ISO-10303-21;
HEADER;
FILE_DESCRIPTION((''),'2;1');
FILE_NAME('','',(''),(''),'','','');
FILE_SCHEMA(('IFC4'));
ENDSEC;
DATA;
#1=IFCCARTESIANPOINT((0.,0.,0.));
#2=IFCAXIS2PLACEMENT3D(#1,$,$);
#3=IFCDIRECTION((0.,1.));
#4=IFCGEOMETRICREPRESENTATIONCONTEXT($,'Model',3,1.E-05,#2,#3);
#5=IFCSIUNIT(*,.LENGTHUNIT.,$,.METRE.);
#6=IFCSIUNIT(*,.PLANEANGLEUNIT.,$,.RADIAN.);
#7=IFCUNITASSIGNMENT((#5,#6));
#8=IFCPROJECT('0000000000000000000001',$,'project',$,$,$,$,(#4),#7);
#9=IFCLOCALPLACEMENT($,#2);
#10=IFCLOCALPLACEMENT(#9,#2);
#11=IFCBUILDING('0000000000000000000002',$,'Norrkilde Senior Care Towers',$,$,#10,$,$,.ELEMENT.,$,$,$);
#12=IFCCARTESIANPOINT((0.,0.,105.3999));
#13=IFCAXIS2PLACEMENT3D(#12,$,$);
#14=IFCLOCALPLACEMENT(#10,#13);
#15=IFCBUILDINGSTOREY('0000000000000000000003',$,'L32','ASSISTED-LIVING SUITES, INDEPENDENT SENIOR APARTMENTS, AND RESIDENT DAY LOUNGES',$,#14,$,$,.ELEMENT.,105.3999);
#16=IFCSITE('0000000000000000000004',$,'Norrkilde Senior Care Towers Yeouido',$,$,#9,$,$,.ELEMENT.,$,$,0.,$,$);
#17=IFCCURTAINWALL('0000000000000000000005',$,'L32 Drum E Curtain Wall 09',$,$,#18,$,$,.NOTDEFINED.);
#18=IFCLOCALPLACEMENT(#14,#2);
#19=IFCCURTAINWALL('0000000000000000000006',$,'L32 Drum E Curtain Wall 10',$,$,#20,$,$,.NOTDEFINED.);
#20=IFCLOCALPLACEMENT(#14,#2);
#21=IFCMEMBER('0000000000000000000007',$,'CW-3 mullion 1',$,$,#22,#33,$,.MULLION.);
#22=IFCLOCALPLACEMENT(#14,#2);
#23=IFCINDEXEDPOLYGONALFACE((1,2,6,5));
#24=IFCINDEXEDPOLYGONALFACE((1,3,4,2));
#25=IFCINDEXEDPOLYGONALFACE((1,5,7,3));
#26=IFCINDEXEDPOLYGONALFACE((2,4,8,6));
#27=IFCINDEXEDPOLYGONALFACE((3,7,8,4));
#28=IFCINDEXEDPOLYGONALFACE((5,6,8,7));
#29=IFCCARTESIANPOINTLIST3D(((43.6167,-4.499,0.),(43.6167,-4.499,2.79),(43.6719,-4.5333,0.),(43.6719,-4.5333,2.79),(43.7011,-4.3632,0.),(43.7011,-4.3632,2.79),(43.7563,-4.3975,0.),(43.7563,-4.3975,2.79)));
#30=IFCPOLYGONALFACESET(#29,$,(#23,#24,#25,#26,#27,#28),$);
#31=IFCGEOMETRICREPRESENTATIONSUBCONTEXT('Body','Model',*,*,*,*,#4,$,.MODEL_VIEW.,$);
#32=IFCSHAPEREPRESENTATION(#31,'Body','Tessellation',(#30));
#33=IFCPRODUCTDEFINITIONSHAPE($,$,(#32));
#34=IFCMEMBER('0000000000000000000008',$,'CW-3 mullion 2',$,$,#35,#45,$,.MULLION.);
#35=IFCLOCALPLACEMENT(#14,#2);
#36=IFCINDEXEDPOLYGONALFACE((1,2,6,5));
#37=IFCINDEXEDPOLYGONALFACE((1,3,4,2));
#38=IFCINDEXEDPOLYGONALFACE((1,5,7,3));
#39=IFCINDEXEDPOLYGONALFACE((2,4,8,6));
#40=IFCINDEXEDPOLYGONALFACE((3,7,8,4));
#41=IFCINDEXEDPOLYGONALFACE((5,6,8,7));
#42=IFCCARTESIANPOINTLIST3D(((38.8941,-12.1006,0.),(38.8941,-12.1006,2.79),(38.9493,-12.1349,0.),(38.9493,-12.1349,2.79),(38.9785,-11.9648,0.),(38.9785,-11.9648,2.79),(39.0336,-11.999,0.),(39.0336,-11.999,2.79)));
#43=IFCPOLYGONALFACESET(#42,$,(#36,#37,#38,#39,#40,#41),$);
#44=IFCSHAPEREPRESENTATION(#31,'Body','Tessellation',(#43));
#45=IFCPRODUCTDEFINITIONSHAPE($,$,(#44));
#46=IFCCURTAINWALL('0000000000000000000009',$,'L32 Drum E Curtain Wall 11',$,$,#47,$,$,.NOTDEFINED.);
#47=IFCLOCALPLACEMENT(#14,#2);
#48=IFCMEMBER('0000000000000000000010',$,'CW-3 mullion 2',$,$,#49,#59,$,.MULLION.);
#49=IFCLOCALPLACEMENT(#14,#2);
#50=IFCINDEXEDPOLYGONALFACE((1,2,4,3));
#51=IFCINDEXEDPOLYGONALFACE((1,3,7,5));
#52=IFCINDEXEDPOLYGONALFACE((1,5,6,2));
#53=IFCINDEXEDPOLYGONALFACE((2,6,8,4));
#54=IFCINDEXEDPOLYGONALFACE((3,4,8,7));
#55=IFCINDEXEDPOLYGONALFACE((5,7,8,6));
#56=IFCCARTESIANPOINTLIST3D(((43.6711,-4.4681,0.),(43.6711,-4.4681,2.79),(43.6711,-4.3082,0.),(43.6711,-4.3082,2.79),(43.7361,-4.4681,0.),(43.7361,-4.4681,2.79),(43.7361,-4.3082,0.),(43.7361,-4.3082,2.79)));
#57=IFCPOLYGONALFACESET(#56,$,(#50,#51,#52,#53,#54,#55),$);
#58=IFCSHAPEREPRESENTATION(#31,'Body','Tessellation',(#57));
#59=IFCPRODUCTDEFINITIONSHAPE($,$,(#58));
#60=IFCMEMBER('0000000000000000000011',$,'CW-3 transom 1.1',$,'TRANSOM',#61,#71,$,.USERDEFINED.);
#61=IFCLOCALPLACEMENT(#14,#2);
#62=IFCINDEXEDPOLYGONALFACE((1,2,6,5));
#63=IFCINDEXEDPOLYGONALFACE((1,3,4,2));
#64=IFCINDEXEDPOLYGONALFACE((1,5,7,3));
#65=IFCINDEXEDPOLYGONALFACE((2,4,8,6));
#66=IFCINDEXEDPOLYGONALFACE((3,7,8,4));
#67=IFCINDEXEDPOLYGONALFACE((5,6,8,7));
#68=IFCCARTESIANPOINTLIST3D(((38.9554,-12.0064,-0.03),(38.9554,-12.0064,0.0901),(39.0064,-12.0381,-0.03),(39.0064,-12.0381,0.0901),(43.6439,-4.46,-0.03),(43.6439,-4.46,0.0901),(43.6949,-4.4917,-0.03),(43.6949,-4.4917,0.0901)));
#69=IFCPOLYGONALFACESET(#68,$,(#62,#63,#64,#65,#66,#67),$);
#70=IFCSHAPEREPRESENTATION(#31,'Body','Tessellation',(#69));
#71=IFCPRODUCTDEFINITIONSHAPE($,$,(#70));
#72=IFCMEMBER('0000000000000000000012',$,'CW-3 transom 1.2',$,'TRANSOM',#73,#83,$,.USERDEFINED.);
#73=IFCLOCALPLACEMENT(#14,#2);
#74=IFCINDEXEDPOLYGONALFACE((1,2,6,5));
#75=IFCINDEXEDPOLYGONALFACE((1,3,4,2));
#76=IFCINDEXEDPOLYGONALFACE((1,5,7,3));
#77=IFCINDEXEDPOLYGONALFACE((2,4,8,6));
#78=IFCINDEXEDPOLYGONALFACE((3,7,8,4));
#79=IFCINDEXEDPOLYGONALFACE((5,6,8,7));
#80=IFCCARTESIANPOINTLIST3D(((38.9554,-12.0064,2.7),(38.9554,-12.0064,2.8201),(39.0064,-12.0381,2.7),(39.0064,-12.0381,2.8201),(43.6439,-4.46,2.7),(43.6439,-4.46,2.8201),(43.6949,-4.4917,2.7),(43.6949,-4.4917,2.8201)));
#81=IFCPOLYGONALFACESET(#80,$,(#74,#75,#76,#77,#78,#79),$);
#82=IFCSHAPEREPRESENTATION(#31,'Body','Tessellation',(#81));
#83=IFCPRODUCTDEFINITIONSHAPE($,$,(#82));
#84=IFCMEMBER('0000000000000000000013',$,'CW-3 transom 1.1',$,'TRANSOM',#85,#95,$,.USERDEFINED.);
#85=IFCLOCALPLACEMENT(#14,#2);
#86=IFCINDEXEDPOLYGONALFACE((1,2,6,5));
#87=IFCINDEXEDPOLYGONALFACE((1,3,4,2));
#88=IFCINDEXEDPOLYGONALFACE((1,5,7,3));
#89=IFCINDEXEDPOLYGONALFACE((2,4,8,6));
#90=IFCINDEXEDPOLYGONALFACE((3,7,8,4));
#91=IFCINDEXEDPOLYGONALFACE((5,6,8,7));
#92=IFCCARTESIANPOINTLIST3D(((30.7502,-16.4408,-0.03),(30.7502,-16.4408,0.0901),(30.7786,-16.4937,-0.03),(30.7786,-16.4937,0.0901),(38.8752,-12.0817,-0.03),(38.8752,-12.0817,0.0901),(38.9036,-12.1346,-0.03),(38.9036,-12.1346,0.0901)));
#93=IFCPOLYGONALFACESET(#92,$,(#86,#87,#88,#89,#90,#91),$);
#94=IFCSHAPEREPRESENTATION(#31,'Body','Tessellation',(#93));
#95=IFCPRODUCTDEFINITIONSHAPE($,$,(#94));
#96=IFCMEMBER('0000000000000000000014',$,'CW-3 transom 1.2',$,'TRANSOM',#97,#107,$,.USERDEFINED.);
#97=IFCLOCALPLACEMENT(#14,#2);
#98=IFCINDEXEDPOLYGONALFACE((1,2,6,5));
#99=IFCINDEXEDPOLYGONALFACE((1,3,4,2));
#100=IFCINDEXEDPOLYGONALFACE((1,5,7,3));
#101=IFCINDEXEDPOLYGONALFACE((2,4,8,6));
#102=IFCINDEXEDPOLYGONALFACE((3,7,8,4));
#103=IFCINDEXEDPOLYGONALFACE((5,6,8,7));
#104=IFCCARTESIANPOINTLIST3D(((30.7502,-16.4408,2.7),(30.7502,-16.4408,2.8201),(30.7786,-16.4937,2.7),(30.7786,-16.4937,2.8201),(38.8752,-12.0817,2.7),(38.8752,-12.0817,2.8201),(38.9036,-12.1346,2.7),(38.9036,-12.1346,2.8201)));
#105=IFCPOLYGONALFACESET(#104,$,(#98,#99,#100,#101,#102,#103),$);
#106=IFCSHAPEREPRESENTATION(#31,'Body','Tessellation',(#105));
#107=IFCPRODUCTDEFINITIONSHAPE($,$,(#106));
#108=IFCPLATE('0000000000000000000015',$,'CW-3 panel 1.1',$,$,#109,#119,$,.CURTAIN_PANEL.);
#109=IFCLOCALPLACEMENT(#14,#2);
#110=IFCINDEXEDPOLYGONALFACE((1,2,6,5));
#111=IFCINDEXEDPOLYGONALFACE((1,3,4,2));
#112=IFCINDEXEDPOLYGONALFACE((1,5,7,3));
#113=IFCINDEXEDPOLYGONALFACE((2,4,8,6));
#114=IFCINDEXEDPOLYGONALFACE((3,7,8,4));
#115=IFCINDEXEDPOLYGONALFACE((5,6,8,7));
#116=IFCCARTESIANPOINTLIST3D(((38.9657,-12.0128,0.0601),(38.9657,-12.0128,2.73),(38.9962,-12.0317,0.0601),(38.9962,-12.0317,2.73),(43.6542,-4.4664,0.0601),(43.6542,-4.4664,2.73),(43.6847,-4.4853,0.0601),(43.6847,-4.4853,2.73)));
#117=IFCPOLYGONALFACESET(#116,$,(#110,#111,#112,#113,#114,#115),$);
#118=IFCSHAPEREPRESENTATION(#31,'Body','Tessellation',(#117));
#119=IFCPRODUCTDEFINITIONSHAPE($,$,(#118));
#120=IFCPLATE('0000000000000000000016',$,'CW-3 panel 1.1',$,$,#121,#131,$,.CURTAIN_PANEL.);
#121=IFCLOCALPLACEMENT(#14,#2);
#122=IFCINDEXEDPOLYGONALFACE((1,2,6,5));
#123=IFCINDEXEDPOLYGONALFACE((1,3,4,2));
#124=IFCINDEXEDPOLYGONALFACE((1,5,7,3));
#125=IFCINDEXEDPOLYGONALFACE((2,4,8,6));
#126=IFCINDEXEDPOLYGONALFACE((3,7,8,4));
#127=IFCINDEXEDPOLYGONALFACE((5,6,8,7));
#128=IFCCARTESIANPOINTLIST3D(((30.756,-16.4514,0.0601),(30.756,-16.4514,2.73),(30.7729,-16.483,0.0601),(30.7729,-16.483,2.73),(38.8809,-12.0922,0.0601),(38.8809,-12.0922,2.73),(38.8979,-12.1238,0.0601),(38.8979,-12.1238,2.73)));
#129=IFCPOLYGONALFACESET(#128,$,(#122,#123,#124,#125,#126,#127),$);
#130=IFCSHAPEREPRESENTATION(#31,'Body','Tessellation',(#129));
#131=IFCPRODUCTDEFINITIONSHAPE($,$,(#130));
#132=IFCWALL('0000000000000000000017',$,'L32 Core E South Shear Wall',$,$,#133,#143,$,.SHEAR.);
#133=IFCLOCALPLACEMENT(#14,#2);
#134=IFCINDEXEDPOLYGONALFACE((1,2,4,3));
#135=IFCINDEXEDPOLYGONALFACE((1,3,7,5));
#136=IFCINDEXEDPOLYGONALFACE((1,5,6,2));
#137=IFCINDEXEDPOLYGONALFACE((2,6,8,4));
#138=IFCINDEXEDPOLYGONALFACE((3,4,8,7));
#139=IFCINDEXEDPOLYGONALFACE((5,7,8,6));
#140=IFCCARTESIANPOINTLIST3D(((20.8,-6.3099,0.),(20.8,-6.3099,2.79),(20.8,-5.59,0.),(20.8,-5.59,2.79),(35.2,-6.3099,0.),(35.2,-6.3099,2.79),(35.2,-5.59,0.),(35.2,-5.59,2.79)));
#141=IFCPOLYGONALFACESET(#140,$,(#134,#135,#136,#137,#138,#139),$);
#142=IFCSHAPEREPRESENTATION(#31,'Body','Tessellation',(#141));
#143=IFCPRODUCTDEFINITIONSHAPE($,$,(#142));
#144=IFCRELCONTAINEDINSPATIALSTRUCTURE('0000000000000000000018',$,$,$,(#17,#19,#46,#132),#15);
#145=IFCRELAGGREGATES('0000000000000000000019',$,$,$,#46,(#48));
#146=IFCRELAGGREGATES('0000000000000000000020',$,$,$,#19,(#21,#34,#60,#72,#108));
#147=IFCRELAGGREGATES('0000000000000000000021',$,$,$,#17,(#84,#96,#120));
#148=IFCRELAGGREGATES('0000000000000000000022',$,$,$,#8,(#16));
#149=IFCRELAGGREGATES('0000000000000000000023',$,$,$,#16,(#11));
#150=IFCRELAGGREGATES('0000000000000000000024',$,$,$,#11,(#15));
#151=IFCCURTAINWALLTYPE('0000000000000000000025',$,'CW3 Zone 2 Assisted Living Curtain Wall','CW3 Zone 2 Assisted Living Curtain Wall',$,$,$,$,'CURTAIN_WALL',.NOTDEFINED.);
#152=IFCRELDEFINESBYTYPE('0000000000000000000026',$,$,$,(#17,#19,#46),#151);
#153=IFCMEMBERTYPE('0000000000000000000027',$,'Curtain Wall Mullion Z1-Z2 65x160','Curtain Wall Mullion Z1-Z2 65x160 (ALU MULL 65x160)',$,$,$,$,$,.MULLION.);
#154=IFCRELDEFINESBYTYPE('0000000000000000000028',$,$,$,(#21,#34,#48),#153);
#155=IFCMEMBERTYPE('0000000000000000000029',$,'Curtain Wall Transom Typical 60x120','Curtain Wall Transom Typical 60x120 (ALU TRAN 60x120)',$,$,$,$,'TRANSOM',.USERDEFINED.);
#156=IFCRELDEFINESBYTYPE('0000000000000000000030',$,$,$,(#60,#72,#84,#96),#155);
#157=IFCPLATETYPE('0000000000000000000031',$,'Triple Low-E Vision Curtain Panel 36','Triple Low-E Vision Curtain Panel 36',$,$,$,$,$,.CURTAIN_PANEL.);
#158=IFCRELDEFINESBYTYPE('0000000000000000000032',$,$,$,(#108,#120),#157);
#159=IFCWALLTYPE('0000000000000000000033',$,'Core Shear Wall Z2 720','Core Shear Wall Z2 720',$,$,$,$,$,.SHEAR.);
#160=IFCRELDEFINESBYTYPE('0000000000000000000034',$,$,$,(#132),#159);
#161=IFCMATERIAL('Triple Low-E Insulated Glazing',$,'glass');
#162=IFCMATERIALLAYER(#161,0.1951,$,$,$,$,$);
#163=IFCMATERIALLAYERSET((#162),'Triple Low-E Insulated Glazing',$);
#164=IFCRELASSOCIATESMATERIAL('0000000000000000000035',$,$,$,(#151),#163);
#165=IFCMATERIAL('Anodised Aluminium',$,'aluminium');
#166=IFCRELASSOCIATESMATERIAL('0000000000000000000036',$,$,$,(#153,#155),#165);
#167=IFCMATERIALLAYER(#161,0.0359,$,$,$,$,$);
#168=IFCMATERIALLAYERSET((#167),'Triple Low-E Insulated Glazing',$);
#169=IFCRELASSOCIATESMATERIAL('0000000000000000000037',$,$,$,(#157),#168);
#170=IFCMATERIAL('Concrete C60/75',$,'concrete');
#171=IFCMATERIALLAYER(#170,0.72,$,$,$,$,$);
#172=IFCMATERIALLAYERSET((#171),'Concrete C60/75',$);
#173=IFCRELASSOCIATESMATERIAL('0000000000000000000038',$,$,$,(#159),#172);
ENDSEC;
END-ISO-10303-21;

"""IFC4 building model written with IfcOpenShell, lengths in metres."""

from ifc_helpers import new_model, si_unit, direction, frame, frame_2d, origin, origin_2d, place, context, subcontext, project, spatial, rectangle, extrude, source, transform, mapped, material, layer, layer_set, material_profile, profile_set, type_object, type_shapes, element, aggregate, save


model = new_model("IFC4")

# Units and contexts
model_context = context("Model", 3, precision=1e-05, world=origin(), true_north=direction((0.0, 1.0)))
body_context = subcontext(model_context, "Body", "Model", "MODEL_VIEW")
ifc_project = project(units=[si_unit("LENGTHUNIT", "METRE"), si_unit("PLANEANGLEUNIT", "RADIAN")], contexts=[model_context])

# Site, building, storey
site_placement = place(None, origin())
site = spatial("IfcSite", under=ifc_project, at=site_placement, Name="Norrkilde Senior Care Towers Yeouido", CompositionType="ELEMENT", RefElevation=0.0)
building_placement = place(site_placement, origin())
building = spatial("IfcBuilding", under=site, at=building_placement, Name="Norrkilde Senior Care Towers", CompositionType="ELEMENT")
storey_placement = place(building_placement, frame((0.0, 0.0, 105.3999)))
storey = spatial("IfcBuildingStorey", under=building, at=storey_placement, Name="L32", Description="ASSISTED-LIVING SUITES, INDEPENDENT SENIOR APARTMENTS, AND RESIDENT DAY LOUNGES", CompositionType="ELEMENT", Elevation=105.3999)

# Shared definitions
ifc_material_1 = material(Name="Concrete C60/75", Category="concrete")

# Curtain wall
ifc_material_2 = material(Name="Triple Low-E Insulated Glazing", Category="glass")
ifc_layer_1 = layer(ifc_material_2, 0.1951)
ifc_layer_set_1 = layer_set([ifc_layer_1], Name="Triple Low-E Insulated Glazing")
curtain_wall_type = type_object("IfcCurtainWallType", Name="CW3 Zone 2 Assisted Living Curtain Wall", Description="CW3 Zone 2 Assisted Living Curtain Wall", ElementType="CURTAIN_WALL", PredefinedType="NOTDEFINED", material=ifc_layer_set_1)
curtain_wall_1_placement = place(storey_placement, origin())
curtain_wall_1 = element("IfcCurtainWall", 1, at=curtain_wall_1_placement, inside=storey, type_object=curtain_wall_type, Name="L32 Drum E Curtain Wall 09", PredefinedType="NOTDEFINED")
ifc_material_3 = material(Name="Anodised Aluminium", Category="aluminium")
ifc_material_profile_1 = material_profile(ifc_material_3, rectangle(XDim=0.0649, YDim=0.1599, at=origin_2d()), Name="ALU MULL 65x160")
ifc_profile_set_1 = profile_set([ifc_material_profile_1], Name="Anodised Aluminium")
member_type_1 = type_object("IfcMemberType", Name="Curtain Wall Mullion Z1-Z2 65x160", Description="Curtain Wall Mullion Z1-Z2 65x160 (ALU MULL 65x160)", PredefinedType="MULLION", material=ifc_profile_set_1)
shared_shape_1 = source(origin(), body_context, "Body", "SweptSolid", [
    extrude(rectangle(XDim=0.0649, YDim=0.1599, at=origin_2d()), origin(), (0.0, 0.0, 1.0), 2.79),
])
type_shapes(member_type_1, [shared_shape_1])

# Curtain wall, members
curtain_wall_2_placement = place(storey_placement, origin())
curtain_wall_2 = element("IfcCurtainWall", 2, at=curtain_wall_2_placement, inside=storey, type_object=curtain_wall_type, Name="L32 Drum E Curtain Wall 10", PredefinedType="NOTDEFINED")
member_1_placement = place(storey_placement, frame((43.6865, -4.4482, 0.0), z_axis=(0.0, 0.0, 1.0), x_axis=(0.84941, -0.527733, 0.0)))
member_1 = element("IfcMember", 3, at=member_1_placement, type_object=member_type_1, Name="CW-3 mullion 1", PredefinedType="MULLION", context=body_context, shape_type="MappedRepresentation", body=[
    mapped(shared_shape_1, transform((0.0, 0.0, 0.0), x_axis=(1.0, 0.0, 0.0), y_axis=(0.0, 1.0, 0.0), z_axis=(0.0, 0.0, 1.0), scale=1.0)),
])
member_2_placement = place(storey_placement, frame((38.9639, -12.0498, 0.0), z_axis=(0.0, 0.0, 1.0), x_axis=(0.84941, -0.527733, 0.0)))
member_2 = element("IfcMember", 4, at=member_2_placement, type_object=member_type_1, Name="CW-3 mullion 2", PredefinedType="MULLION", context=body_context, shape_type="MappedRepresentation", body=[
    mapped(shared_shape_1, transform((0.0, 0.0, 0.0), x_axis=(1.0, 0.0, 0.0), y_axis=(0.0, 1.0, 0.0), z_axis=(0.0, 0.0, 1.0), scale=1.0)),
])

# Curtain wall, member
curtain_wall_3_placement = place(storey_placement, origin())
curtain_wall_3 = element("IfcCurtainWall", 5, at=curtain_wall_3_placement, inside=storey, type_object=curtain_wall_type, Name="L32 Drum E Curtain Wall 11", PredefinedType="NOTDEFINED")
member_3_placement = place(storey_placement, frame((43.7036, -4.3882, 0.0), z_axis=(0.0, 0.0, 1.0), x_axis=(1.0, 0.0, 0.0)))
member_3 = element("IfcMember", 6, at=member_3_placement, type_object=member_type_1, Name="CW-3 mullion 2", PredefinedType="MULLION", context=body_context, shape_type="MappedRepresentation", body=[
    mapped(shared_shape_1, transform((0.0, 0.0, 0.0), x_axis=(1.0, 0.0, 0.0), y_axis=(0.0, 1.0, 0.0), z_axis=(0.0, 0.0, 1.0), scale=1.0)),
])
aggregate(curtain_wall_3, [member_3])

# Members
ifc_material_profile_2 = material_profile(ifc_material_3, rectangle(XDim=0.0601, YDim=0.1201, at=origin_2d()), Name="ALU TRAN 60x120")
ifc_profile_set_2 = profile_set([ifc_material_profile_2], Name="Anodised Aluminium")
member_type_2 = type_object("IfcMemberType", Name="Curtain Wall Transom Typical 60x120", Description="Curtain Wall Transom Typical 60x120 (ALU TRAN 60x120)", ElementType="TRANSOM", PredefinedType="USERDEFINED", material=ifc_profile_set_2)
shared_shape_2 = source(origin(), body_context, "Body", "SweptSolid", [
    extrude(rectangle(XDim=0.0601, YDim=0.1201, at=origin_2d()), origin(), (0.0, 0.0, 1.0), 8.8843),
])
member_4_placement = place(storey_placement, frame((43.6694, -4.4758, 0.03), z_axis=(-0.527729, -0.849413, 0.0), x_axis=(0.849413, -0.527729, 0.0)))
member_4 = element("IfcMember", 7, at=member_4_placement, type_object=member_type_2, Name="CW-3 transom 1.1", ObjectType="TRANSOM", PredefinedType="USERDEFINED", context=body_context, shape_type="MappedRepresentation", body=[
    mapped(shared_shape_2, transform((0.0, 0.0, 0.0), x_axis=(1.0, 0.0, 0.0), y_axis=(0.0, 1.0, 0.0), z_axis=(0.0, 0.0, 1.0), scale=1.0)),
])
member_5_placement = place(storey_placement, frame((43.6694, -4.4758, 2.76), z_axis=(-0.527729, -0.849413, 0.0), x_axis=(0.849413, -0.527729, 0.0)))
member_5 = element("IfcMember", 8, at=member_5_placement, type_object=member_type_2, Name="CW-3 transom 1.2", ObjectType="TRANSOM", PredefinedType="USERDEFINED", context=body_context, shape_type="MappedRepresentation", body=[
    mapped(shared_shape_2, transform((0.0, 0.0, 0.0), x_axis=(1.0, 0.0, 0.0), y_axis=(0.0, 1.0, 0.0), z_axis=(0.0, 0.0, 1.0), scale=1.0)),
])
shared_shape_3 = source(origin(), body_context, "Body", "SweptSolid", [
    extrude(rectangle(XDim=0.0601, YDim=0.1201, at=origin_2d()), origin(), (0.0, 0.0, 1.0), 9.2205),
])
type_shapes(member_type_2, [shared_shape_2, shared_shape_3])
member_6_placement = place(storey_placement, frame((38.8894, -12.1082, 0.03), z_axis=(-0.881189, -0.472765, 0.0), x_axis=(0.472765, -0.881189, 0.0)))
member_6 = element("IfcMember", 9, at=member_6_placement, type_object=member_type_2, Name="CW-3 transom 1.1", ObjectType="TRANSOM", PredefinedType="USERDEFINED", context=body_context, shape_type="MappedRepresentation", body=[
    mapped(shared_shape_3, transform((0.0, 0.0, 0.0), x_axis=(1.0, 0.0, 0.0), y_axis=(0.0, 1.0, 0.0), z_axis=(0.0, 0.0, 1.0), scale=1.0)),
])
member_7_placement = place(storey_placement, frame((38.8894, -12.1082, 2.76), z_axis=(-0.881189, -0.472765, 0.0), x_axis=(0.472765, -0.881189, 0.0)))
member_7 = element("IfcMember", 10, at=member_7_placement, type_object=member_type_2, Name="CW-3 transom 1.2", ObjectType="TRANSOM", PredefinedType="USERDEFINED", context=body_context, shape_type="MappedRepresentation", body=[
    mapped(shared_shape_3, transform((0.0, 0.0, 0.0), x_axis=(1.0, 0.0, 0.0), y_axis=(0.0, 1.0, 0.0), z_axis=(0.0, 0.0, 1.0), scale=1.0)),
])

# Plates
ifc_layer_2 = layer(ifc_material_2, 0.0359)
ifc_layer_set_2 = layer_set([ifc_layer_2], Name="Triple Low-E Insulated Glazing")
plate_type = type_object("IfcPlateType", Name="Triple Low-E Vision Curtain Panel 36", Description="Triple Low-E Vision Curtain Panel 36", PredefinedType="CURTAIN_PANEL", material=ifc_layer_set_2)
shared_shape_4 = source(origin(), body_context, "Body", "SweptSolid", [
    extrude(rectangle(XDim=8.8843, YDim=0.0359, at=origin_2d()), origin(), (0.0, 0.0, 1.0), 2.6699),
])
plate_1_placement = place(storey_placement, frame((41.3252, -8.249, 0.0601), z_axis=(0.0, 0.0, 1.0), x_axis=(-0.527733, -0.84941, 0.0)))
plate_1 = element("IfcPlate", 11, at=plate_1_placement, type_object=plate_type, Name="CW-3 panel 1.1", PredefinedType="CURTAIN_PANEL", context=body_context, shape_type="MappedRepresentation", body=[
    mapped(shared_shape_4, transform((0.0, 0.0, 0.0), x_axis=(1.0, 0.0, 0.0), y_axis=(0.0, 1.0, 0.0), z_axis=(0.0, 0.0, 1.0), scale=1.0)),
])
aggregate(curtain_wall_2, [member_1, member_2, member_4, member_5, plate_1])
shared_shape_5 = source(origin(), body_context, "Body", "SweptSolid", [
    extrude(rectangle(XDim=9.2205, YDim=0.0359, at=origin_2d()), origin(), (0.0, 0.0, 1.0), 2.6699),
])
type_shapes(plate_type, [shared_shape_4, shared_shape_5])
plate_2_placement = place(storey_placement, frame((34.8269, -14.2876, 0.0601), z_axis=(0.0, 0.0, 1.0), x_axis=(-0.881186, -0.472769, 0.0)))
plate_2 = element("IfcPlate", 12, at=plate_2_placement, type_object=plate_type, Name="CW-3 panel 1.1", PredefinedType="CURTAIN_PANEL", context=body_context, shape_type="MappedRepresentation", body=[
    mapped(shared_shape_5, transform((0.0, 0.0, 0.0), x_axis=(1.0, 0.0, 0.0), y_axis=(0.0, 1.0, 0.0), z_axis=(0.0, 0.0, 1.0), scale=1.0)),
])
aggregate(curtain_wall_1, [member_6, member_7, plate_2])

# Wall
ifc_layer_3 = layer(ifc_material_1, 0.72)
ifc_layer_set_3 = layer_set([ifc_layer_3], Name="Concrete C60/75")
wall_type_1 = type_object("IfcWallType", Name="Core Shear Wall Z2 720", Description="Core Shear Wall Z2 720", PredefinedType="SHEAR", material=ifc_layer_set_3)
shared_shape_6 = source(origin(), body_context, "Body", "SweptSolid", [
    extrude(rectangle(XDim=14.3999, YDim=0.72, at=frame_2d((7.2, 0.0))), origin(), (0.0, 0.0, 1.0), 2.79),
])
type_shapes(wall_type_1, [shared_shape_6])
wall_1_placement = place(storey_placement, frame((35.2, -5.95, 0.0), z_axis=(0.0, 0.0, 1.0), x_axis=(-1.0, 0.0, 0.0)))
element("IfcWall", 13, at=wall_1_placement, inside=storey, type_object=wall_type_1, Name="L32 Core E South Shear Wall", PredefinedType="SHEAR", context=body_context, shape_type="MappedRepresentation", body=[
    mapped(shared_shape_6, transform((0.0, 0.0, 0.0), x_axis=(1.0, 0.0, 0.0), y_axis=(0.0, 1.0, 0.0), z_axis=(0.0, 0.0, 1.0), scale=1.0)),
])

save(model, "model.ifc")
